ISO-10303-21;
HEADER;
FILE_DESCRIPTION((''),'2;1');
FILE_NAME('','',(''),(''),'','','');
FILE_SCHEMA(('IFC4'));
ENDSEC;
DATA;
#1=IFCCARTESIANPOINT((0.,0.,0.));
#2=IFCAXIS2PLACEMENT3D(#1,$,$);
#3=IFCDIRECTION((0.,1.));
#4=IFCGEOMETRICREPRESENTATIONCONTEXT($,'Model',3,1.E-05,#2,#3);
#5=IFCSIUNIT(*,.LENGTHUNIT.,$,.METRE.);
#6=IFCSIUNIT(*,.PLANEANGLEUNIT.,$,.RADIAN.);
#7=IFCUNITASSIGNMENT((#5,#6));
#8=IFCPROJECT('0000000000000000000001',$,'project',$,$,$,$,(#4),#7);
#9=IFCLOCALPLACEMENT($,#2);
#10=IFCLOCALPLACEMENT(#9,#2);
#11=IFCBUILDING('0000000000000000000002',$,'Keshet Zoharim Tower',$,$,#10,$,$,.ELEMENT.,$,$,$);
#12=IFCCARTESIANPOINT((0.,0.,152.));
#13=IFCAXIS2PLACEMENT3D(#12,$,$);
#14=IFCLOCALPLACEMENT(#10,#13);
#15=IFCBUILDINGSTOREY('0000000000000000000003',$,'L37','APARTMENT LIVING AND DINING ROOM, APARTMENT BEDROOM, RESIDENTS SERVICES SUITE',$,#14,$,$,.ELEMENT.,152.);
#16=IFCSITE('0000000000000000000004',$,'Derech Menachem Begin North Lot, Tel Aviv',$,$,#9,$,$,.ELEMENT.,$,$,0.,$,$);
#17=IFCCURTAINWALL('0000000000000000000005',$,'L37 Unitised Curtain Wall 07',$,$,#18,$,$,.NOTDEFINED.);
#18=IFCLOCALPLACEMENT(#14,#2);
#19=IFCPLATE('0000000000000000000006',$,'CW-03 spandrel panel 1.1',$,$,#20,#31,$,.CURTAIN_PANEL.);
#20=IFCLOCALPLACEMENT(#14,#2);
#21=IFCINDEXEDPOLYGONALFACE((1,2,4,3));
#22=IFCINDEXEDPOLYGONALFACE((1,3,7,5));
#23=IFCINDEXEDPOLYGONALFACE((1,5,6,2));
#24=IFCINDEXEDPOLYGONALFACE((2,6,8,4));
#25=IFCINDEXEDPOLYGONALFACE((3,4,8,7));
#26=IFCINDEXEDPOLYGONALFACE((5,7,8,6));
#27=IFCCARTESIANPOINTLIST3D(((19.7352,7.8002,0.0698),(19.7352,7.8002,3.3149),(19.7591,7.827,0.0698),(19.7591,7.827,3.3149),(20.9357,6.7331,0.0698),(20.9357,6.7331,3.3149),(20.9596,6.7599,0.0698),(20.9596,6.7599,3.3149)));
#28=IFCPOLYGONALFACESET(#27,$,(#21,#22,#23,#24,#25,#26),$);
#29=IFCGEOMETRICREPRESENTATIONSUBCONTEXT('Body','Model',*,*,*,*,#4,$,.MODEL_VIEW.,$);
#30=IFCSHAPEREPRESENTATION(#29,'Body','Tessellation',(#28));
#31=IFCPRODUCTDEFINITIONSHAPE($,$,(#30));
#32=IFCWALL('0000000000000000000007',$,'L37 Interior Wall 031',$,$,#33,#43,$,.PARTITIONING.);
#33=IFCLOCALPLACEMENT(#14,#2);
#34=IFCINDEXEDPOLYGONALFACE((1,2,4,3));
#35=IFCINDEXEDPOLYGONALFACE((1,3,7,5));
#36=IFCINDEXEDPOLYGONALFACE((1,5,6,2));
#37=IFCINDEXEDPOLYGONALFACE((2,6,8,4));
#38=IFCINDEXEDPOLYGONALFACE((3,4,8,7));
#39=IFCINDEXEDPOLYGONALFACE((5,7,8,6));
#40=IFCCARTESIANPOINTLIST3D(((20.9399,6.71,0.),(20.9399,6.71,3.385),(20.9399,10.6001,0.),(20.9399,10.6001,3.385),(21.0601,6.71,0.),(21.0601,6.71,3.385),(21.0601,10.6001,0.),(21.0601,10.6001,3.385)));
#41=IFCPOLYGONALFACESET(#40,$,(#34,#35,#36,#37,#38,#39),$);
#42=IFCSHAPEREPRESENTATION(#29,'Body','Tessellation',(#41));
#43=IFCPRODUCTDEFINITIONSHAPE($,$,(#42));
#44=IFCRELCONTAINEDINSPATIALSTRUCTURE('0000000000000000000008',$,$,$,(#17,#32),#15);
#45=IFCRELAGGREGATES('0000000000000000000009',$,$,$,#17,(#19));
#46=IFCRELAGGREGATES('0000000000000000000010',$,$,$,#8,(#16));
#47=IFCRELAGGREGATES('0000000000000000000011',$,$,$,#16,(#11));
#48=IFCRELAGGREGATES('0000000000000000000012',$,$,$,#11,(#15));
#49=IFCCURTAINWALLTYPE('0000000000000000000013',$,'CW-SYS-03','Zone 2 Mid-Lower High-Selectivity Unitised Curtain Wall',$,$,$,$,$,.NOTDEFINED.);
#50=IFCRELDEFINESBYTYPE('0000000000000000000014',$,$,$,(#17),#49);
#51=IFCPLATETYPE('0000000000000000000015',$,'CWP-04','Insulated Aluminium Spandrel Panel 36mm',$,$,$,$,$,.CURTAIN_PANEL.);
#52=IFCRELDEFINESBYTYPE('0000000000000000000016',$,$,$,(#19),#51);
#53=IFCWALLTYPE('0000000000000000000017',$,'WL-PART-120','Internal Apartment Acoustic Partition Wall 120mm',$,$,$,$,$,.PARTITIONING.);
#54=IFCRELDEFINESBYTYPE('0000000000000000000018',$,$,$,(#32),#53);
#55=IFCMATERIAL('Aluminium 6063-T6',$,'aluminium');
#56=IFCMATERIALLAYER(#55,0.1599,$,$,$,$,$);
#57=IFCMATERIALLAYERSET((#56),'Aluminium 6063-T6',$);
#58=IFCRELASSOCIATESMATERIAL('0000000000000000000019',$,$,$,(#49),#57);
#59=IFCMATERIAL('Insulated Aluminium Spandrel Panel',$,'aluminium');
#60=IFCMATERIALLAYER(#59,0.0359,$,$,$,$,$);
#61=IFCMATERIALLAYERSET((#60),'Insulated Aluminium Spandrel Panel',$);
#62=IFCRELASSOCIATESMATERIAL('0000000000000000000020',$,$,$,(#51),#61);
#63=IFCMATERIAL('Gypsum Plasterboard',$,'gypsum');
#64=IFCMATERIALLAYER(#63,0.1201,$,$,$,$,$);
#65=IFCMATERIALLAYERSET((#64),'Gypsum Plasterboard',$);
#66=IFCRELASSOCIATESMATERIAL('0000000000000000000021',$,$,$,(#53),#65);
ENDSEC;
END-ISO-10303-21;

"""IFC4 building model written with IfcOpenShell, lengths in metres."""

from ifc_helpers import new_model, si_unit, direction, frame, frame_2d, origin, origin_2d, place, context, subcontext, project, spatial, rectangle, extrude, material, layer, layer_set, type_object, element, aggregate, save


model = new_model("IFC4")

# Units and contexts
model_context = context("Model", 3, precision=1e-05, world=origin(), true_north=direction((0.0, 1.0)))
body_context = subcontext(model_context, "Body", "Model", "MODEL_VIEW")
ifc_project = project(units=[si_unit("LENGTHUNIT", "METRE"), si_unit("PLANEANGLEUNIT", "RADIAN")], contexts=[model_context])

# Site, building, storey
site_placement = place(None, origin())
site = spatial("IfcSite", under=ifc_project, at=site_placement, Name="Derech Menachem Begin North Lot, Tel Aviv", CompositionType="ELEMENT", RefElevation=0.0)
building_placement = place(site_placement, origin())
building = spatial("IfcBuilding", under=site, at=building_placement, Name="Keshet Zoharim Tower", CompositionType="ELEMENT")
storey_placement = place(building_placement, frame((0.0, 0.0, 152.0)))
storey = spatial("IfcBuildingStorey", under=building, at=storey_placement, Name="L37", Description="APARTMENT LIVING AND DINING ROOM, APARTMENT BEDROOM, RESIDENTS SERVICES SUITE", CompositionType="ELEMENT", Elevation=152.0)

# Shared definitions
ifc_material_1 = material(Name="Aluminium 6063-T6", Category="aluminium")
ifc_layer_1 = layer(ifc_material_1, 0.1599)
ifc_layer_set_1 = layer_set([ifc_layer_1], Name="Aluminium 6063-T6")
curtain_wall_type = type_object("IfcCurtainWallType", Name="CW-SYS-03", Description="Zone 2 Mid-Lower High-Selectivity Unitised Curtain Wall", PredefinedType="NOTDEFINED", material=ifc_layer_set_1)

# Curtain wall
curtain_wall_1_placement = place(storey_placement, origin())
curtain_wall_1 = element("IfcCurtainWall", 1, at=curtain_wall_1_placement, inside=storey, type_object=curtain_wall_type, Name="L37 Unitised Curtain Wall 07", PredefinedType="NOTDEFINED")

# Plate
ifc_material_2 = material(Name="Insulated Aluminium Spandrel Panel", Category="aluminium")
ifc_layer_2 = layer(ifc_material_2, 0.0359)
ifc_layer_set_2 = layer_set([ifc_layer_2], Name="Insulated Aluminium Spandrel Panel")
plate_type_1 = type_object("IfcPlateType", Name="CWP-04", Description="Insulated Aluminium Spandrel Panel 36mm", PredefinedType="CURTAIN_PANEL", material=ifc_layer_set_2)
plate_1_placement = place(storey_placement, frame((20.3474, 7.28, 0.0698), z_axis=(0.0, 0.0, 1.0), x_axis=(-0.747406, 0.664367, 0.0)))
plate_1 = element("IfcPlate", 2, at=plate_1_placement, type_object=plate_type_1, Name="CW-03 spandrel panel 1.1", PredefinedType="CURTAIN_PANEL", context=body_context, shape_type="SweptSolid", body=[
    extrude(rectangle(XDim=1.6062, YDim=0.0359, at=origin_2d()), origin(), (0.0, 0.0, 1.0), 3.2451),
])
aggregate(curtain_wall_1, [plate_1])

# Wall
ifc_material_3 = material(Name="Gypsum Plasterboard", Category="gypsum")
ifc_layer_3 = layer(ifc_material_3, 0.1201)
ifc_layer_set_3 = layer_set([ifc_layer_3], Name="Gypsum Plasterboard")
wall_type = type_object("IfcWallType", Name="WL-PART-120", Description="Internal Apartment Acoustic Partition Wall 120mm", PredefinedType="PARTITIONING", material=ifc_layer_set_3)
wall_placement = place(storey_placement, frame((21.0, 6.71, 0.0), z_axis=(0.0, 0.0, 1.0), x_axis=(0.0, 1.0, 0.0)))
element("IfcWall", 3, at=wall_placement, inside=storey, type_object=wall_type, Name="L37 Interior Wall 031", PredefinedType="PARTITIONING", context=body_context, shape_type="SweptSolid", body=[
    extrude(rectangle(XDim=3.8901, YDim=0.1201, at=frame_2d((1.9451, 0.0))), origin(), (0.0, 0.0, 1.0), 3.385),
])

save(model, "model.ifc")
